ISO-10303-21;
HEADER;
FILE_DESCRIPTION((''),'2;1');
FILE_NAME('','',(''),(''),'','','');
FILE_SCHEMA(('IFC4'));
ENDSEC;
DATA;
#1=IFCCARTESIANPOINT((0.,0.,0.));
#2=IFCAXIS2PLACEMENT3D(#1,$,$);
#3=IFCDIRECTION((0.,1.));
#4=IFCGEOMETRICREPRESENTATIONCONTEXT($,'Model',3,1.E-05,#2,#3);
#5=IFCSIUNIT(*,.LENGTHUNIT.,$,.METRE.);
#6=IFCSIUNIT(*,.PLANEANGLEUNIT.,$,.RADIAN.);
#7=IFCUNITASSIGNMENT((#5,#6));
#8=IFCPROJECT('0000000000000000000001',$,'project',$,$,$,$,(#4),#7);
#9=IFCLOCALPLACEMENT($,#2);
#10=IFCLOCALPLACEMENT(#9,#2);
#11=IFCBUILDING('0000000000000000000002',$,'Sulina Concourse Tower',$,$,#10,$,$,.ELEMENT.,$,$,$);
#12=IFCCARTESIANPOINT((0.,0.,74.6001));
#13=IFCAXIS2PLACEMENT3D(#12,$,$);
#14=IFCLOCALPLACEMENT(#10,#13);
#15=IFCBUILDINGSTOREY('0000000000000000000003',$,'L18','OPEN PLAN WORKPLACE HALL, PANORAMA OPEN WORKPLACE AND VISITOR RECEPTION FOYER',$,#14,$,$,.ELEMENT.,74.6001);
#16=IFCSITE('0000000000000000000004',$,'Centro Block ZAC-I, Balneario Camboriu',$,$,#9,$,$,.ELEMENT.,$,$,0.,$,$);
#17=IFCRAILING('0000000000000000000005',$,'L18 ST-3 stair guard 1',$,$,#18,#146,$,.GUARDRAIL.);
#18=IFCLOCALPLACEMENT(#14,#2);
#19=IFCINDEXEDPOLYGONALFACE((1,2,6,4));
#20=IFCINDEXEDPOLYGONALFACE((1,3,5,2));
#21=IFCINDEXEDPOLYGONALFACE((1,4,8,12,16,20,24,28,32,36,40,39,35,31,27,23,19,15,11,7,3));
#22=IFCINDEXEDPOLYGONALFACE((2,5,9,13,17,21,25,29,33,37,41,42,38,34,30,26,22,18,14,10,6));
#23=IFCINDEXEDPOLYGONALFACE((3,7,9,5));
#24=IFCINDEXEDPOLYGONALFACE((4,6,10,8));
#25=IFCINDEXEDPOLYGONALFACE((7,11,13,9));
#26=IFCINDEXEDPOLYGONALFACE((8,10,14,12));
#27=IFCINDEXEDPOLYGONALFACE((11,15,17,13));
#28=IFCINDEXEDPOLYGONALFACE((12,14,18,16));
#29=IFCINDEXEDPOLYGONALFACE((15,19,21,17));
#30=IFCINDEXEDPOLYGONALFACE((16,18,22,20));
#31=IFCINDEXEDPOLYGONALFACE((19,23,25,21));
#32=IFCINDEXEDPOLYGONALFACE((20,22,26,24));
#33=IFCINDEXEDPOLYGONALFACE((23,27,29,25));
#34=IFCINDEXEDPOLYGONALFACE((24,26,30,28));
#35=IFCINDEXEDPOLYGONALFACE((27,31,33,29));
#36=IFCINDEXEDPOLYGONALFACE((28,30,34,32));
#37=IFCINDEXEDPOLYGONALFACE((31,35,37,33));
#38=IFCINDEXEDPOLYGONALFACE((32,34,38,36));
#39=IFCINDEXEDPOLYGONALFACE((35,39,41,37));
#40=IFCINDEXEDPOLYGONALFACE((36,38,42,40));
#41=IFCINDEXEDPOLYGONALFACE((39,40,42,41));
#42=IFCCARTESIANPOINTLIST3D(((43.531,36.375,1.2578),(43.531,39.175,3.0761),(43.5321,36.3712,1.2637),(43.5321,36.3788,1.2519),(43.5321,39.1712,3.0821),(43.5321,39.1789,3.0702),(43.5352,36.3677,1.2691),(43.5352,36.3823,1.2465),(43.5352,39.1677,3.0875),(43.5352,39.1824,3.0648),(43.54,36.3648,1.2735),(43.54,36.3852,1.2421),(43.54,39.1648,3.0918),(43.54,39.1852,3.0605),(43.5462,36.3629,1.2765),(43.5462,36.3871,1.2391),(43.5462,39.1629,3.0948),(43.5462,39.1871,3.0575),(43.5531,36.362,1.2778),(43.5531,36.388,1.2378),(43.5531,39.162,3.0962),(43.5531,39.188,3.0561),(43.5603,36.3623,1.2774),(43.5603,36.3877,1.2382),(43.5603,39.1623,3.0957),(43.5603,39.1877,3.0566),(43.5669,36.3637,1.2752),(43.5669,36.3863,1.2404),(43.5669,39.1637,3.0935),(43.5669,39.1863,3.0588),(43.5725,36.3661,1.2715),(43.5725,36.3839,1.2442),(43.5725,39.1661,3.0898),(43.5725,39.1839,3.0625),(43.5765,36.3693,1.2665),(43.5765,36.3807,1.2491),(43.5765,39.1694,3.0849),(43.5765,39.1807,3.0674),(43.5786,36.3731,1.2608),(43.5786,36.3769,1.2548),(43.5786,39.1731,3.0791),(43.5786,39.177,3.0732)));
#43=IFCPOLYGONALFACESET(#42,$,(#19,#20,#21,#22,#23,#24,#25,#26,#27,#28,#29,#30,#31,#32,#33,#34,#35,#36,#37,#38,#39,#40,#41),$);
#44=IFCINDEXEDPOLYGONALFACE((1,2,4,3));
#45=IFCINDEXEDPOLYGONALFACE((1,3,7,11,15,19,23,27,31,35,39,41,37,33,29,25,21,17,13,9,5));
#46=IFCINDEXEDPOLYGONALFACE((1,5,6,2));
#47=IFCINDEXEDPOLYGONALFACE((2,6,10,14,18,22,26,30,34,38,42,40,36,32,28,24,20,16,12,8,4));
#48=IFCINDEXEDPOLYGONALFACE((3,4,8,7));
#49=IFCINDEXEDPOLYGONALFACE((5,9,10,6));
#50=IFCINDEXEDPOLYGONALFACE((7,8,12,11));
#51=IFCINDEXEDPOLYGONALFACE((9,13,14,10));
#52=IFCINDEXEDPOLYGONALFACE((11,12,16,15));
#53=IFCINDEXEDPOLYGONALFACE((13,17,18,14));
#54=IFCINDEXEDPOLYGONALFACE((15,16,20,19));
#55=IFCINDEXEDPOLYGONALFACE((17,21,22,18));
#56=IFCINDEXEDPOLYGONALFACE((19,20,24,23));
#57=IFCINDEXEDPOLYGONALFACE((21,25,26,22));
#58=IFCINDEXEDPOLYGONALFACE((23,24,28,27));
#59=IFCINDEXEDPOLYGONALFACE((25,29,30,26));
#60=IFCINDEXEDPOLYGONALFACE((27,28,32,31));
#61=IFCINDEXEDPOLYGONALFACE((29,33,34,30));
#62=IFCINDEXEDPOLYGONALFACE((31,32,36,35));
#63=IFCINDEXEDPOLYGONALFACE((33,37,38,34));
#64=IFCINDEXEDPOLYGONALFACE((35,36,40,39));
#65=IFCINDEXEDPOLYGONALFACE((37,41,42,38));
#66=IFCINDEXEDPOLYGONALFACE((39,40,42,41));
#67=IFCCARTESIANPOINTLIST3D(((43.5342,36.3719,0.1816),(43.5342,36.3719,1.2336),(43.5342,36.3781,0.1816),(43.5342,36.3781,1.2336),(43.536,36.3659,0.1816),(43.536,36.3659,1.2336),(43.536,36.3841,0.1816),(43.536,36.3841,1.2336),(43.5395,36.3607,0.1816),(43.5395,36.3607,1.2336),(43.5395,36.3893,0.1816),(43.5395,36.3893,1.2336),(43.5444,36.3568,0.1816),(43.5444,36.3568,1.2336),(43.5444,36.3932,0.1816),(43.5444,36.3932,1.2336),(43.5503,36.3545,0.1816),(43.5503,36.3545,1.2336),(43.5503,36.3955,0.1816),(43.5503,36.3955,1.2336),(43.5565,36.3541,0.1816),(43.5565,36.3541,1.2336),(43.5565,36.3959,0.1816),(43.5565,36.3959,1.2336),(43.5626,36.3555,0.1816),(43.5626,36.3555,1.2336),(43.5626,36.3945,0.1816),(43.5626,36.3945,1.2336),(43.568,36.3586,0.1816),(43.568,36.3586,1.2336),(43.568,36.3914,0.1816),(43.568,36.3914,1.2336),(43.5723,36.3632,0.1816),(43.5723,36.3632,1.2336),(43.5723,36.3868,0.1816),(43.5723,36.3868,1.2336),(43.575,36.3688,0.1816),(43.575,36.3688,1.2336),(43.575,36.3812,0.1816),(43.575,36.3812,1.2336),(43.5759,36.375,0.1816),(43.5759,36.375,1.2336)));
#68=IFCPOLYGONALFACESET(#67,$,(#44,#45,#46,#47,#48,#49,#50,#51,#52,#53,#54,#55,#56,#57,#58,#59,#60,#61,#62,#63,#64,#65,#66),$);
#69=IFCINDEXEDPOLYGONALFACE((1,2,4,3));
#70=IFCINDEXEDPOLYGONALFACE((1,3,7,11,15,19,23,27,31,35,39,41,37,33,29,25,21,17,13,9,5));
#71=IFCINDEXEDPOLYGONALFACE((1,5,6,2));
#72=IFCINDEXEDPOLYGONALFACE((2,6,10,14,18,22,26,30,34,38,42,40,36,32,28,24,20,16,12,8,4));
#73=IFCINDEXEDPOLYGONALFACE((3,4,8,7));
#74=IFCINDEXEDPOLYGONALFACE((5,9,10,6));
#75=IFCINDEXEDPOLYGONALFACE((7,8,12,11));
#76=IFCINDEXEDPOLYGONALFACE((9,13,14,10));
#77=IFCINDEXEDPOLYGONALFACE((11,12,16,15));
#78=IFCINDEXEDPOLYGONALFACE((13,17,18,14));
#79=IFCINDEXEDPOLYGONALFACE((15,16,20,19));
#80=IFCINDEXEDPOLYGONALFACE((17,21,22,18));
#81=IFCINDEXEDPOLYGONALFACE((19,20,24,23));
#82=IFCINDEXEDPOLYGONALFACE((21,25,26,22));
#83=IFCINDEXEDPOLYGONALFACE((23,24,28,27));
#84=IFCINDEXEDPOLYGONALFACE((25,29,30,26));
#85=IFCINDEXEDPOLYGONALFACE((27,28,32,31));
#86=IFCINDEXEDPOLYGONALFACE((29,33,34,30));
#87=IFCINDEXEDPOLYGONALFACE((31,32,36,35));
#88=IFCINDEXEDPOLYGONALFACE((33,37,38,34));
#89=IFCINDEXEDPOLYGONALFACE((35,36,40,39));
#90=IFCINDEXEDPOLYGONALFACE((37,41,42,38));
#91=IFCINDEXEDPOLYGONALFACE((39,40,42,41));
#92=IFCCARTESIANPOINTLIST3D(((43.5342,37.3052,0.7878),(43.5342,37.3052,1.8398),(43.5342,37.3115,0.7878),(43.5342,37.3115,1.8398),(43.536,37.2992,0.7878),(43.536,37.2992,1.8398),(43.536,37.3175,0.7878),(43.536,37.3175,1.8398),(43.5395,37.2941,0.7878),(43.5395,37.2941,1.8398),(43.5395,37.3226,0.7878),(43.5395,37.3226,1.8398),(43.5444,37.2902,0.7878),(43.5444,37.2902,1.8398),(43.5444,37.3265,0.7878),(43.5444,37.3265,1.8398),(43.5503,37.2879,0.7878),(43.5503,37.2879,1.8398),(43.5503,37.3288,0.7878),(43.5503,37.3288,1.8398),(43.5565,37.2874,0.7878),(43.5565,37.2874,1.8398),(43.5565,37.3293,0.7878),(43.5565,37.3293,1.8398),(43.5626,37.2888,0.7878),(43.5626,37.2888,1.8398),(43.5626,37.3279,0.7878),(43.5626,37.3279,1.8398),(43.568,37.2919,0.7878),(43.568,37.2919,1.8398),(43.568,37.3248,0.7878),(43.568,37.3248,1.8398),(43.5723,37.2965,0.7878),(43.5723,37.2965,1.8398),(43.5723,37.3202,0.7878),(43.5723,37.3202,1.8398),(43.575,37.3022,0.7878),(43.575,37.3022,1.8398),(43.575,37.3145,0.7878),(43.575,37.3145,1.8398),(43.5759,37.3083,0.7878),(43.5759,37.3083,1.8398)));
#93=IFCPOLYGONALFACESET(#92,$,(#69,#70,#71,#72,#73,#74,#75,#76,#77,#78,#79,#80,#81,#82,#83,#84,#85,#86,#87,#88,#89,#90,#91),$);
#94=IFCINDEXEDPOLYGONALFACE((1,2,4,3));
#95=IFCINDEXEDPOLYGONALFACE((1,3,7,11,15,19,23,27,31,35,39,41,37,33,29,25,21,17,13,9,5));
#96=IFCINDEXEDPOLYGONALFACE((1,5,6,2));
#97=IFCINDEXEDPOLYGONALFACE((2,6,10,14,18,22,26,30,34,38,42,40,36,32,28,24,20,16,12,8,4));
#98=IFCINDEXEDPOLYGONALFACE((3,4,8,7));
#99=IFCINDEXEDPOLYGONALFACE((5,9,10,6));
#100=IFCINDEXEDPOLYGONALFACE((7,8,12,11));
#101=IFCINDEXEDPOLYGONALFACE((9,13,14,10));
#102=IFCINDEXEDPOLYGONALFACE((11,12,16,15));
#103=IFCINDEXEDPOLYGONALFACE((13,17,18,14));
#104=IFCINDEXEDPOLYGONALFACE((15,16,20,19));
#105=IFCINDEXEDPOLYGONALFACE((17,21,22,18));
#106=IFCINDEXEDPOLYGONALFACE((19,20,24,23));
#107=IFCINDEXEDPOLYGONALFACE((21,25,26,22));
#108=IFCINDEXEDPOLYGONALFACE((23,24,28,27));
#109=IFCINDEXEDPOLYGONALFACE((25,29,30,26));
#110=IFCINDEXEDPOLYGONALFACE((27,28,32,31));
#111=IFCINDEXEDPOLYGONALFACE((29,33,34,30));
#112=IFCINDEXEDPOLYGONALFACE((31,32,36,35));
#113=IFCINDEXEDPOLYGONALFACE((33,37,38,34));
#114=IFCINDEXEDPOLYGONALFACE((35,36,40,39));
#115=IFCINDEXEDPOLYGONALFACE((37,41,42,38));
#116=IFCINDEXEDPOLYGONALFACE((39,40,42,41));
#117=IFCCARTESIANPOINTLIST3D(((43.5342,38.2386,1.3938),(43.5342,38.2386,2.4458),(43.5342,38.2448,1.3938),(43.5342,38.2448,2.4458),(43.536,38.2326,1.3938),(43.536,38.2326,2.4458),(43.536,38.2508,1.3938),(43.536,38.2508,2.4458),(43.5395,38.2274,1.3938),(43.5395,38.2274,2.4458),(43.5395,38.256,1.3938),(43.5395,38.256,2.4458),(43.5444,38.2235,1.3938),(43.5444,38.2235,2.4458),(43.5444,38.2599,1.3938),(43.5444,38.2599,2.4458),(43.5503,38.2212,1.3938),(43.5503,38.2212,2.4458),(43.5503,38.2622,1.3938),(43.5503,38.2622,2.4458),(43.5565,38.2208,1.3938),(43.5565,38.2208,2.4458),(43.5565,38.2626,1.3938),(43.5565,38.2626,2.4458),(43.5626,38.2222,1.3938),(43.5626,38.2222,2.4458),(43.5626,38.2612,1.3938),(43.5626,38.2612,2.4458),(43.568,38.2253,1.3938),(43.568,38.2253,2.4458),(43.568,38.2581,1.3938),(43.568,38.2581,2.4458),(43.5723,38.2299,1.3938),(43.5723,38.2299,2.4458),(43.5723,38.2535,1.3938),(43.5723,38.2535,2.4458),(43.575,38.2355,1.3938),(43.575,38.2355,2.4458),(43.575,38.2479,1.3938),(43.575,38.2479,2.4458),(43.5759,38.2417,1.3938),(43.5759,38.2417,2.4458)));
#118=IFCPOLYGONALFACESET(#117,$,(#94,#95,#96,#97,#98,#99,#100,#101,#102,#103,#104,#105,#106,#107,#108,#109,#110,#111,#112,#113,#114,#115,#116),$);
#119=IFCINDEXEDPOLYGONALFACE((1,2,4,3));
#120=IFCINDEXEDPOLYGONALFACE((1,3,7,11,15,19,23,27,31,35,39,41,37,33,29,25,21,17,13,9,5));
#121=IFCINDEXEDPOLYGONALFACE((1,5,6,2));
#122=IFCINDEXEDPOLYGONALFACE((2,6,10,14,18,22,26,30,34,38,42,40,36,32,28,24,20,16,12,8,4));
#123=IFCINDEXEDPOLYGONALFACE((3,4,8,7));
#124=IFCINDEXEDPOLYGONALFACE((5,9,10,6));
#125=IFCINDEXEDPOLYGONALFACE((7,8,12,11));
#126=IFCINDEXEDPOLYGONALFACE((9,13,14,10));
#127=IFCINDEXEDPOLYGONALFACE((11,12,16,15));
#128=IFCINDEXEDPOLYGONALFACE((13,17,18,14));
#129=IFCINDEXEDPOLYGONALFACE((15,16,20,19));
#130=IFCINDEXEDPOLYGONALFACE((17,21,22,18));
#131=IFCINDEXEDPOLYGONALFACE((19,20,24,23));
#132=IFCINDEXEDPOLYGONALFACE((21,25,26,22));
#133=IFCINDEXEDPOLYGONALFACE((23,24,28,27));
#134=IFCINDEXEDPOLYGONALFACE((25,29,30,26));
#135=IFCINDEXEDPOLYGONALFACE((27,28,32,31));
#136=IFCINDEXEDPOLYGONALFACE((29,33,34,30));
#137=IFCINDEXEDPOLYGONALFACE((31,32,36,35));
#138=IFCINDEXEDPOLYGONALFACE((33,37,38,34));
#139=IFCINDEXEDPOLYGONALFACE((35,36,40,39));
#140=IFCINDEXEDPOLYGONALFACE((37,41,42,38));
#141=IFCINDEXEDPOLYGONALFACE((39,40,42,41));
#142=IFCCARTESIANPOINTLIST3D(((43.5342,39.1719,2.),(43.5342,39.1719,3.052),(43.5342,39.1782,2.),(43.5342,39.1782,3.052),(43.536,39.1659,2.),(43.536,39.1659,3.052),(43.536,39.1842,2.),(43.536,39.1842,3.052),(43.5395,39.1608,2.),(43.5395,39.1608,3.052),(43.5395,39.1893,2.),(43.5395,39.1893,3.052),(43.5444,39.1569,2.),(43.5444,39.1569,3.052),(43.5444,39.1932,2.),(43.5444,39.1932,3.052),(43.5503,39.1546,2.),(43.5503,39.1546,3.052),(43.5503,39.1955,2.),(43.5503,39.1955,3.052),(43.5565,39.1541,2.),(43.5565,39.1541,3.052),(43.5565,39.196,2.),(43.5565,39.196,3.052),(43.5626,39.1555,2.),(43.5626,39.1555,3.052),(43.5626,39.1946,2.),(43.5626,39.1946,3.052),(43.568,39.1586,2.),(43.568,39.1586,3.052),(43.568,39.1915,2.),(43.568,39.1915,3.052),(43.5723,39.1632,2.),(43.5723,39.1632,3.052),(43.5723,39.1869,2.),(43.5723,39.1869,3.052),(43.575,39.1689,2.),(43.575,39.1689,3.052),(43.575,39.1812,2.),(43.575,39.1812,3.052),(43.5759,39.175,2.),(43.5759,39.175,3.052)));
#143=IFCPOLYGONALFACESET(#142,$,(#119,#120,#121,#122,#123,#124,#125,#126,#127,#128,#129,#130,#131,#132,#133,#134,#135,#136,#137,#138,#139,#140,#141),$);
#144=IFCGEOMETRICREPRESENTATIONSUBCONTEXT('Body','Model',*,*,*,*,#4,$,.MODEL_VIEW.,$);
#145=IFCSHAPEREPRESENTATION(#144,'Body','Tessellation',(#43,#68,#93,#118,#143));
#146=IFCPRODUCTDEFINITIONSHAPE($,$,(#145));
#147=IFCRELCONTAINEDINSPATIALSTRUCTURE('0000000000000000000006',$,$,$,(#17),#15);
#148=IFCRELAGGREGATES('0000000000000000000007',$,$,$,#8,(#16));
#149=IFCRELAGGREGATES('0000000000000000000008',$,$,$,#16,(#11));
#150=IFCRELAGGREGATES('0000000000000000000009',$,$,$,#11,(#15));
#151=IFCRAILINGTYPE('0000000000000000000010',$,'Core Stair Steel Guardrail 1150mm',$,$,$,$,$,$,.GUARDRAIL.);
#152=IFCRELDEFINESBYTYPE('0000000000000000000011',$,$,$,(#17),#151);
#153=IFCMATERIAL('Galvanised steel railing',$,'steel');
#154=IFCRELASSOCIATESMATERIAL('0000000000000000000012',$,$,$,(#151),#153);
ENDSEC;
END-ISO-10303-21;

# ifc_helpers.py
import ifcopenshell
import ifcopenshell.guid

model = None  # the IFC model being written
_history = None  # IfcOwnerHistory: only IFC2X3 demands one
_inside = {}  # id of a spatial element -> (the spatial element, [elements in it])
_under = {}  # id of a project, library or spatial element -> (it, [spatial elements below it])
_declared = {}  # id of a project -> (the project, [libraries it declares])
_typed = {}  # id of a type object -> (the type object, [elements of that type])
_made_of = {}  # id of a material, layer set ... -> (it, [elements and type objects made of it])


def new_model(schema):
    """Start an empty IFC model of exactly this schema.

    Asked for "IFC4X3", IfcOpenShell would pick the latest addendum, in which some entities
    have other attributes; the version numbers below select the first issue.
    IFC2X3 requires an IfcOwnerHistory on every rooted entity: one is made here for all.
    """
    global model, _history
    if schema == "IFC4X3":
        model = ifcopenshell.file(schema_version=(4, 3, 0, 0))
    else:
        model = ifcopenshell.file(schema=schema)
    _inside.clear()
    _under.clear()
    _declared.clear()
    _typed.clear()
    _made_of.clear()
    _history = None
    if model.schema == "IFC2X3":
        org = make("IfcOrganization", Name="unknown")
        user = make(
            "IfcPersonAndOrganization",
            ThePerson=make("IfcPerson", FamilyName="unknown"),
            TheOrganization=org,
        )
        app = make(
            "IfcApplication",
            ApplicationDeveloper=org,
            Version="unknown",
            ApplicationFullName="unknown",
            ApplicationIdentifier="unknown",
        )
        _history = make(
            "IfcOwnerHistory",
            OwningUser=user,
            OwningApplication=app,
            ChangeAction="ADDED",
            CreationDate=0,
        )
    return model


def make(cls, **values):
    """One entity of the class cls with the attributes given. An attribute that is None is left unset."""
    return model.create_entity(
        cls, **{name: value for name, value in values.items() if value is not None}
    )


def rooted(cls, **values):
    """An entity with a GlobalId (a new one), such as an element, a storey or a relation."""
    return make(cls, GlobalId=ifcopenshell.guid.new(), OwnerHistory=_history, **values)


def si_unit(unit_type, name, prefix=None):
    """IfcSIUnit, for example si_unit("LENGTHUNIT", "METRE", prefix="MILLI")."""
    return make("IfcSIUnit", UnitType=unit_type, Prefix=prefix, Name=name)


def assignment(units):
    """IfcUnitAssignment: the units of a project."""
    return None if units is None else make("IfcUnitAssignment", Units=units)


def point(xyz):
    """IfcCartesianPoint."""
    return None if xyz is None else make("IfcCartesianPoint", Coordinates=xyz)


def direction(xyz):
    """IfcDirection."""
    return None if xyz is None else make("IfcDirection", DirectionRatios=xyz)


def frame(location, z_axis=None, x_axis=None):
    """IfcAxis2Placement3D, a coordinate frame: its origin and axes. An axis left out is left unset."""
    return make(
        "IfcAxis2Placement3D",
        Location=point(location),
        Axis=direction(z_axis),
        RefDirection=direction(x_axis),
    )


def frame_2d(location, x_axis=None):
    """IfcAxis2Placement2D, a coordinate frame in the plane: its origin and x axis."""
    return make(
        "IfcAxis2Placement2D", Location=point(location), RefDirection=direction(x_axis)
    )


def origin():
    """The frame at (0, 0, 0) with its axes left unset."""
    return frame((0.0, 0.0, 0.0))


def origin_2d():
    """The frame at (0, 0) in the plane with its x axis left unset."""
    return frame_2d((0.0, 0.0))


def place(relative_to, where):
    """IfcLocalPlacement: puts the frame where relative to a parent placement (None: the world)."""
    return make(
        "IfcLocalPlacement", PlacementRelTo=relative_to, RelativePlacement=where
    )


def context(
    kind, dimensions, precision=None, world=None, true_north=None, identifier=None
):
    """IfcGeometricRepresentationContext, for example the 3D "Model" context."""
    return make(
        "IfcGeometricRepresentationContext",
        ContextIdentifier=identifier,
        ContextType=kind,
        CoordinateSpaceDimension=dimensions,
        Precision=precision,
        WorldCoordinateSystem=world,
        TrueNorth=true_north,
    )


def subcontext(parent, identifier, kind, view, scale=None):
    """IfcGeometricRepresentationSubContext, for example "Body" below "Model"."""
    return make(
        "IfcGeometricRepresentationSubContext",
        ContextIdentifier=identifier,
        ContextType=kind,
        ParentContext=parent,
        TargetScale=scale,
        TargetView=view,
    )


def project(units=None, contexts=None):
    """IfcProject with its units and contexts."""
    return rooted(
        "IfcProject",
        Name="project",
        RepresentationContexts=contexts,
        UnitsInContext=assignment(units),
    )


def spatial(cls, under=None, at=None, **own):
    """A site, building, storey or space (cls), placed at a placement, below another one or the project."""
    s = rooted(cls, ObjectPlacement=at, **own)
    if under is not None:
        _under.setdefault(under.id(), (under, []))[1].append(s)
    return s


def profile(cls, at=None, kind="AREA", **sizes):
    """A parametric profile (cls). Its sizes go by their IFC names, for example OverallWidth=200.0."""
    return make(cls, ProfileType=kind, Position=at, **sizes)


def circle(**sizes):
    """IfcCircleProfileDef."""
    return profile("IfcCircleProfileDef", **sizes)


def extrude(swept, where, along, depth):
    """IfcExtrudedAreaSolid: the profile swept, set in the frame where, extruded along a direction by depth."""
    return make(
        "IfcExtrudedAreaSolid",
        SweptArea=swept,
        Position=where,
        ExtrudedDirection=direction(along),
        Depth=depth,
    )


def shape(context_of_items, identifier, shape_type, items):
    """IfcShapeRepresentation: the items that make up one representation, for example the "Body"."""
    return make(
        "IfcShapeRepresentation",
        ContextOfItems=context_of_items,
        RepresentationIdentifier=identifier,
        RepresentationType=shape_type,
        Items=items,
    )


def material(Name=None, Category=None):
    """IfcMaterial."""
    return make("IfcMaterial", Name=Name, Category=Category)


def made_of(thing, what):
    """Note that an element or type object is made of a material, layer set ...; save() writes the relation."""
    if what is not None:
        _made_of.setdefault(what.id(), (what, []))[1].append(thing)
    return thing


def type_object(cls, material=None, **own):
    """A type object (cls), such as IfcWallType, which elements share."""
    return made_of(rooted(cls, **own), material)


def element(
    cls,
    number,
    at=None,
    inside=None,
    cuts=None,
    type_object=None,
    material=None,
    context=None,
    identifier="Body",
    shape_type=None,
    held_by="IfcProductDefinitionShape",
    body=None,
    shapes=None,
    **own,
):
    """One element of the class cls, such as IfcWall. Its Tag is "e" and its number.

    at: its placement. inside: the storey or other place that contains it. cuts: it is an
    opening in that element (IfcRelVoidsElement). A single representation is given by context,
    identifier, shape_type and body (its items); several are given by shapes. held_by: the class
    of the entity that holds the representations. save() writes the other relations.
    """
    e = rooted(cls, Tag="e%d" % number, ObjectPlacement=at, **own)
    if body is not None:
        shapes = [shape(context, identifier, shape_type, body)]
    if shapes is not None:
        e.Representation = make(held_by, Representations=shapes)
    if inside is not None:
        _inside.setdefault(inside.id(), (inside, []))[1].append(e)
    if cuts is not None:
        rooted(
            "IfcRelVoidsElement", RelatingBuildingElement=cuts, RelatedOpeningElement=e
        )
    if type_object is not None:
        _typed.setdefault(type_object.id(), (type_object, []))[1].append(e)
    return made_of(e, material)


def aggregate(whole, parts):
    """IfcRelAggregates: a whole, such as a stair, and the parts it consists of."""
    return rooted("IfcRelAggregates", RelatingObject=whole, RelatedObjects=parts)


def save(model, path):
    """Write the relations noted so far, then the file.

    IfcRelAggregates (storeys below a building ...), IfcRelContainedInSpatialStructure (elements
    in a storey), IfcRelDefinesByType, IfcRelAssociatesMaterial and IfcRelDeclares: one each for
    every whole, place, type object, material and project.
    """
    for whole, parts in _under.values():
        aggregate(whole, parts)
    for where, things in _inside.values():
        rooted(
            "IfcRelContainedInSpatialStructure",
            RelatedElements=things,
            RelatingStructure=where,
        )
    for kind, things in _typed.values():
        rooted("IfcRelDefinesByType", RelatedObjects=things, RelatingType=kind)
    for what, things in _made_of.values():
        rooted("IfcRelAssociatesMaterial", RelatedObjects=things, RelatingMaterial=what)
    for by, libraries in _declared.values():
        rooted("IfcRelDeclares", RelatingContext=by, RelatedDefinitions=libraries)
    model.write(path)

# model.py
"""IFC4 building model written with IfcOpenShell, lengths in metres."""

from ifc_helpers import new_model, si_unit, direction, frame, origin, origin_2d, place, context, subcontext, project, spatial, circle, extrude, material, type_object, element, save


model = new_model("IFC4")

# Units and contexts
model_context = context("Model", 3, precision=1e-05, world=origin(), true_north=direction((0.0, 1.0)))
body_context = subcontext(model_context, "Body", "Model", "MODEL_VIEW")
ifc_project = project(units=[si_unit("LENGTHUNIT", "METRE"), si_unit("PLANEANGLEUNIT", "RADIAN")], contexts=[model_context])

# Site, building, storey
site_placement = place(None, origin())
site = spatial("IfcSite", under=ifc_project, at=site_placement, Name="Centro Block ZAC-I, Balneario Camboriu", CompositionType="ELEMENT", RefElevation=0.0)
building_placement = place(site_placement, origin())
building = spatial("IfcBuilding", under=site, at=building_placement, Name="Sulina Concourse Tower", CompositionType="ELEMENT")
storey_placement = place(building_placement, frame((0.0, 0.0, 74.6001)))
storey = spatial("IfcBuildingStorey", under=building, at=storey_placement, Name="L18", Description="OPEN PLAN WORKPLACE HALL, PANORAMA OPEN WORKPLACE AND VISITOR RECEPTION FOYER", CompositionType="ELEMENT", Elevation=74.6001)

# Railing
ifc_material_1 = material(Name="Galvanised steel railing", Category="steel")
railing_type_1 = type_object("IfcRailingType", Name="Core Stair Steel Guardrail 1150mm", PredefinedType="GUARDRAIL", material=ifc_material_1)
railing_1_placement = place(storey_placement, frame((43.5549, 36.375, 0.1816)))
element("IfcRailing", 1, at=railing_1_placement, inside=storey, type_object=railing_type_1, Name="L18 ST-3 stair guard 1", PredefinedType="GUARDRAIL", context=body_context, shape_type="SweptSolid", body=[
    extrude(circle(Radius=0.0239, at=origin_2d()), frame((0.0, 0.0, 1.0762), z_axis=(0.0, 0.838672, 0.544636), x_axis=(-1.0, 0.0, 0.0)), (0.0, 0.0, 1.0), 3.3386),
    extrude(circle(Radius=0.021, at=origin_2d()), origin(), (0.0, 0.0, 1.0), 1.052),
    extrude(circle(Radius=0.021, at=origin_2d()), frame((0.0, 0.9333, 0.6062)), (0.0, 0.0, 1.0), 1.052),
    extrude(circle(Radius=0.021, at=origin_2d()), frame((0.0, 1.8667, 1.2122)), (0.0, 0.0, 1.0), 1.052),
    extrude(circle(Radius=0.021, at=origin_2d()), frame((0.0, 2.8, 1.8184)), (0.0, 0.0, 1.0), 1.052),
])

save(model, "model.ifc")
